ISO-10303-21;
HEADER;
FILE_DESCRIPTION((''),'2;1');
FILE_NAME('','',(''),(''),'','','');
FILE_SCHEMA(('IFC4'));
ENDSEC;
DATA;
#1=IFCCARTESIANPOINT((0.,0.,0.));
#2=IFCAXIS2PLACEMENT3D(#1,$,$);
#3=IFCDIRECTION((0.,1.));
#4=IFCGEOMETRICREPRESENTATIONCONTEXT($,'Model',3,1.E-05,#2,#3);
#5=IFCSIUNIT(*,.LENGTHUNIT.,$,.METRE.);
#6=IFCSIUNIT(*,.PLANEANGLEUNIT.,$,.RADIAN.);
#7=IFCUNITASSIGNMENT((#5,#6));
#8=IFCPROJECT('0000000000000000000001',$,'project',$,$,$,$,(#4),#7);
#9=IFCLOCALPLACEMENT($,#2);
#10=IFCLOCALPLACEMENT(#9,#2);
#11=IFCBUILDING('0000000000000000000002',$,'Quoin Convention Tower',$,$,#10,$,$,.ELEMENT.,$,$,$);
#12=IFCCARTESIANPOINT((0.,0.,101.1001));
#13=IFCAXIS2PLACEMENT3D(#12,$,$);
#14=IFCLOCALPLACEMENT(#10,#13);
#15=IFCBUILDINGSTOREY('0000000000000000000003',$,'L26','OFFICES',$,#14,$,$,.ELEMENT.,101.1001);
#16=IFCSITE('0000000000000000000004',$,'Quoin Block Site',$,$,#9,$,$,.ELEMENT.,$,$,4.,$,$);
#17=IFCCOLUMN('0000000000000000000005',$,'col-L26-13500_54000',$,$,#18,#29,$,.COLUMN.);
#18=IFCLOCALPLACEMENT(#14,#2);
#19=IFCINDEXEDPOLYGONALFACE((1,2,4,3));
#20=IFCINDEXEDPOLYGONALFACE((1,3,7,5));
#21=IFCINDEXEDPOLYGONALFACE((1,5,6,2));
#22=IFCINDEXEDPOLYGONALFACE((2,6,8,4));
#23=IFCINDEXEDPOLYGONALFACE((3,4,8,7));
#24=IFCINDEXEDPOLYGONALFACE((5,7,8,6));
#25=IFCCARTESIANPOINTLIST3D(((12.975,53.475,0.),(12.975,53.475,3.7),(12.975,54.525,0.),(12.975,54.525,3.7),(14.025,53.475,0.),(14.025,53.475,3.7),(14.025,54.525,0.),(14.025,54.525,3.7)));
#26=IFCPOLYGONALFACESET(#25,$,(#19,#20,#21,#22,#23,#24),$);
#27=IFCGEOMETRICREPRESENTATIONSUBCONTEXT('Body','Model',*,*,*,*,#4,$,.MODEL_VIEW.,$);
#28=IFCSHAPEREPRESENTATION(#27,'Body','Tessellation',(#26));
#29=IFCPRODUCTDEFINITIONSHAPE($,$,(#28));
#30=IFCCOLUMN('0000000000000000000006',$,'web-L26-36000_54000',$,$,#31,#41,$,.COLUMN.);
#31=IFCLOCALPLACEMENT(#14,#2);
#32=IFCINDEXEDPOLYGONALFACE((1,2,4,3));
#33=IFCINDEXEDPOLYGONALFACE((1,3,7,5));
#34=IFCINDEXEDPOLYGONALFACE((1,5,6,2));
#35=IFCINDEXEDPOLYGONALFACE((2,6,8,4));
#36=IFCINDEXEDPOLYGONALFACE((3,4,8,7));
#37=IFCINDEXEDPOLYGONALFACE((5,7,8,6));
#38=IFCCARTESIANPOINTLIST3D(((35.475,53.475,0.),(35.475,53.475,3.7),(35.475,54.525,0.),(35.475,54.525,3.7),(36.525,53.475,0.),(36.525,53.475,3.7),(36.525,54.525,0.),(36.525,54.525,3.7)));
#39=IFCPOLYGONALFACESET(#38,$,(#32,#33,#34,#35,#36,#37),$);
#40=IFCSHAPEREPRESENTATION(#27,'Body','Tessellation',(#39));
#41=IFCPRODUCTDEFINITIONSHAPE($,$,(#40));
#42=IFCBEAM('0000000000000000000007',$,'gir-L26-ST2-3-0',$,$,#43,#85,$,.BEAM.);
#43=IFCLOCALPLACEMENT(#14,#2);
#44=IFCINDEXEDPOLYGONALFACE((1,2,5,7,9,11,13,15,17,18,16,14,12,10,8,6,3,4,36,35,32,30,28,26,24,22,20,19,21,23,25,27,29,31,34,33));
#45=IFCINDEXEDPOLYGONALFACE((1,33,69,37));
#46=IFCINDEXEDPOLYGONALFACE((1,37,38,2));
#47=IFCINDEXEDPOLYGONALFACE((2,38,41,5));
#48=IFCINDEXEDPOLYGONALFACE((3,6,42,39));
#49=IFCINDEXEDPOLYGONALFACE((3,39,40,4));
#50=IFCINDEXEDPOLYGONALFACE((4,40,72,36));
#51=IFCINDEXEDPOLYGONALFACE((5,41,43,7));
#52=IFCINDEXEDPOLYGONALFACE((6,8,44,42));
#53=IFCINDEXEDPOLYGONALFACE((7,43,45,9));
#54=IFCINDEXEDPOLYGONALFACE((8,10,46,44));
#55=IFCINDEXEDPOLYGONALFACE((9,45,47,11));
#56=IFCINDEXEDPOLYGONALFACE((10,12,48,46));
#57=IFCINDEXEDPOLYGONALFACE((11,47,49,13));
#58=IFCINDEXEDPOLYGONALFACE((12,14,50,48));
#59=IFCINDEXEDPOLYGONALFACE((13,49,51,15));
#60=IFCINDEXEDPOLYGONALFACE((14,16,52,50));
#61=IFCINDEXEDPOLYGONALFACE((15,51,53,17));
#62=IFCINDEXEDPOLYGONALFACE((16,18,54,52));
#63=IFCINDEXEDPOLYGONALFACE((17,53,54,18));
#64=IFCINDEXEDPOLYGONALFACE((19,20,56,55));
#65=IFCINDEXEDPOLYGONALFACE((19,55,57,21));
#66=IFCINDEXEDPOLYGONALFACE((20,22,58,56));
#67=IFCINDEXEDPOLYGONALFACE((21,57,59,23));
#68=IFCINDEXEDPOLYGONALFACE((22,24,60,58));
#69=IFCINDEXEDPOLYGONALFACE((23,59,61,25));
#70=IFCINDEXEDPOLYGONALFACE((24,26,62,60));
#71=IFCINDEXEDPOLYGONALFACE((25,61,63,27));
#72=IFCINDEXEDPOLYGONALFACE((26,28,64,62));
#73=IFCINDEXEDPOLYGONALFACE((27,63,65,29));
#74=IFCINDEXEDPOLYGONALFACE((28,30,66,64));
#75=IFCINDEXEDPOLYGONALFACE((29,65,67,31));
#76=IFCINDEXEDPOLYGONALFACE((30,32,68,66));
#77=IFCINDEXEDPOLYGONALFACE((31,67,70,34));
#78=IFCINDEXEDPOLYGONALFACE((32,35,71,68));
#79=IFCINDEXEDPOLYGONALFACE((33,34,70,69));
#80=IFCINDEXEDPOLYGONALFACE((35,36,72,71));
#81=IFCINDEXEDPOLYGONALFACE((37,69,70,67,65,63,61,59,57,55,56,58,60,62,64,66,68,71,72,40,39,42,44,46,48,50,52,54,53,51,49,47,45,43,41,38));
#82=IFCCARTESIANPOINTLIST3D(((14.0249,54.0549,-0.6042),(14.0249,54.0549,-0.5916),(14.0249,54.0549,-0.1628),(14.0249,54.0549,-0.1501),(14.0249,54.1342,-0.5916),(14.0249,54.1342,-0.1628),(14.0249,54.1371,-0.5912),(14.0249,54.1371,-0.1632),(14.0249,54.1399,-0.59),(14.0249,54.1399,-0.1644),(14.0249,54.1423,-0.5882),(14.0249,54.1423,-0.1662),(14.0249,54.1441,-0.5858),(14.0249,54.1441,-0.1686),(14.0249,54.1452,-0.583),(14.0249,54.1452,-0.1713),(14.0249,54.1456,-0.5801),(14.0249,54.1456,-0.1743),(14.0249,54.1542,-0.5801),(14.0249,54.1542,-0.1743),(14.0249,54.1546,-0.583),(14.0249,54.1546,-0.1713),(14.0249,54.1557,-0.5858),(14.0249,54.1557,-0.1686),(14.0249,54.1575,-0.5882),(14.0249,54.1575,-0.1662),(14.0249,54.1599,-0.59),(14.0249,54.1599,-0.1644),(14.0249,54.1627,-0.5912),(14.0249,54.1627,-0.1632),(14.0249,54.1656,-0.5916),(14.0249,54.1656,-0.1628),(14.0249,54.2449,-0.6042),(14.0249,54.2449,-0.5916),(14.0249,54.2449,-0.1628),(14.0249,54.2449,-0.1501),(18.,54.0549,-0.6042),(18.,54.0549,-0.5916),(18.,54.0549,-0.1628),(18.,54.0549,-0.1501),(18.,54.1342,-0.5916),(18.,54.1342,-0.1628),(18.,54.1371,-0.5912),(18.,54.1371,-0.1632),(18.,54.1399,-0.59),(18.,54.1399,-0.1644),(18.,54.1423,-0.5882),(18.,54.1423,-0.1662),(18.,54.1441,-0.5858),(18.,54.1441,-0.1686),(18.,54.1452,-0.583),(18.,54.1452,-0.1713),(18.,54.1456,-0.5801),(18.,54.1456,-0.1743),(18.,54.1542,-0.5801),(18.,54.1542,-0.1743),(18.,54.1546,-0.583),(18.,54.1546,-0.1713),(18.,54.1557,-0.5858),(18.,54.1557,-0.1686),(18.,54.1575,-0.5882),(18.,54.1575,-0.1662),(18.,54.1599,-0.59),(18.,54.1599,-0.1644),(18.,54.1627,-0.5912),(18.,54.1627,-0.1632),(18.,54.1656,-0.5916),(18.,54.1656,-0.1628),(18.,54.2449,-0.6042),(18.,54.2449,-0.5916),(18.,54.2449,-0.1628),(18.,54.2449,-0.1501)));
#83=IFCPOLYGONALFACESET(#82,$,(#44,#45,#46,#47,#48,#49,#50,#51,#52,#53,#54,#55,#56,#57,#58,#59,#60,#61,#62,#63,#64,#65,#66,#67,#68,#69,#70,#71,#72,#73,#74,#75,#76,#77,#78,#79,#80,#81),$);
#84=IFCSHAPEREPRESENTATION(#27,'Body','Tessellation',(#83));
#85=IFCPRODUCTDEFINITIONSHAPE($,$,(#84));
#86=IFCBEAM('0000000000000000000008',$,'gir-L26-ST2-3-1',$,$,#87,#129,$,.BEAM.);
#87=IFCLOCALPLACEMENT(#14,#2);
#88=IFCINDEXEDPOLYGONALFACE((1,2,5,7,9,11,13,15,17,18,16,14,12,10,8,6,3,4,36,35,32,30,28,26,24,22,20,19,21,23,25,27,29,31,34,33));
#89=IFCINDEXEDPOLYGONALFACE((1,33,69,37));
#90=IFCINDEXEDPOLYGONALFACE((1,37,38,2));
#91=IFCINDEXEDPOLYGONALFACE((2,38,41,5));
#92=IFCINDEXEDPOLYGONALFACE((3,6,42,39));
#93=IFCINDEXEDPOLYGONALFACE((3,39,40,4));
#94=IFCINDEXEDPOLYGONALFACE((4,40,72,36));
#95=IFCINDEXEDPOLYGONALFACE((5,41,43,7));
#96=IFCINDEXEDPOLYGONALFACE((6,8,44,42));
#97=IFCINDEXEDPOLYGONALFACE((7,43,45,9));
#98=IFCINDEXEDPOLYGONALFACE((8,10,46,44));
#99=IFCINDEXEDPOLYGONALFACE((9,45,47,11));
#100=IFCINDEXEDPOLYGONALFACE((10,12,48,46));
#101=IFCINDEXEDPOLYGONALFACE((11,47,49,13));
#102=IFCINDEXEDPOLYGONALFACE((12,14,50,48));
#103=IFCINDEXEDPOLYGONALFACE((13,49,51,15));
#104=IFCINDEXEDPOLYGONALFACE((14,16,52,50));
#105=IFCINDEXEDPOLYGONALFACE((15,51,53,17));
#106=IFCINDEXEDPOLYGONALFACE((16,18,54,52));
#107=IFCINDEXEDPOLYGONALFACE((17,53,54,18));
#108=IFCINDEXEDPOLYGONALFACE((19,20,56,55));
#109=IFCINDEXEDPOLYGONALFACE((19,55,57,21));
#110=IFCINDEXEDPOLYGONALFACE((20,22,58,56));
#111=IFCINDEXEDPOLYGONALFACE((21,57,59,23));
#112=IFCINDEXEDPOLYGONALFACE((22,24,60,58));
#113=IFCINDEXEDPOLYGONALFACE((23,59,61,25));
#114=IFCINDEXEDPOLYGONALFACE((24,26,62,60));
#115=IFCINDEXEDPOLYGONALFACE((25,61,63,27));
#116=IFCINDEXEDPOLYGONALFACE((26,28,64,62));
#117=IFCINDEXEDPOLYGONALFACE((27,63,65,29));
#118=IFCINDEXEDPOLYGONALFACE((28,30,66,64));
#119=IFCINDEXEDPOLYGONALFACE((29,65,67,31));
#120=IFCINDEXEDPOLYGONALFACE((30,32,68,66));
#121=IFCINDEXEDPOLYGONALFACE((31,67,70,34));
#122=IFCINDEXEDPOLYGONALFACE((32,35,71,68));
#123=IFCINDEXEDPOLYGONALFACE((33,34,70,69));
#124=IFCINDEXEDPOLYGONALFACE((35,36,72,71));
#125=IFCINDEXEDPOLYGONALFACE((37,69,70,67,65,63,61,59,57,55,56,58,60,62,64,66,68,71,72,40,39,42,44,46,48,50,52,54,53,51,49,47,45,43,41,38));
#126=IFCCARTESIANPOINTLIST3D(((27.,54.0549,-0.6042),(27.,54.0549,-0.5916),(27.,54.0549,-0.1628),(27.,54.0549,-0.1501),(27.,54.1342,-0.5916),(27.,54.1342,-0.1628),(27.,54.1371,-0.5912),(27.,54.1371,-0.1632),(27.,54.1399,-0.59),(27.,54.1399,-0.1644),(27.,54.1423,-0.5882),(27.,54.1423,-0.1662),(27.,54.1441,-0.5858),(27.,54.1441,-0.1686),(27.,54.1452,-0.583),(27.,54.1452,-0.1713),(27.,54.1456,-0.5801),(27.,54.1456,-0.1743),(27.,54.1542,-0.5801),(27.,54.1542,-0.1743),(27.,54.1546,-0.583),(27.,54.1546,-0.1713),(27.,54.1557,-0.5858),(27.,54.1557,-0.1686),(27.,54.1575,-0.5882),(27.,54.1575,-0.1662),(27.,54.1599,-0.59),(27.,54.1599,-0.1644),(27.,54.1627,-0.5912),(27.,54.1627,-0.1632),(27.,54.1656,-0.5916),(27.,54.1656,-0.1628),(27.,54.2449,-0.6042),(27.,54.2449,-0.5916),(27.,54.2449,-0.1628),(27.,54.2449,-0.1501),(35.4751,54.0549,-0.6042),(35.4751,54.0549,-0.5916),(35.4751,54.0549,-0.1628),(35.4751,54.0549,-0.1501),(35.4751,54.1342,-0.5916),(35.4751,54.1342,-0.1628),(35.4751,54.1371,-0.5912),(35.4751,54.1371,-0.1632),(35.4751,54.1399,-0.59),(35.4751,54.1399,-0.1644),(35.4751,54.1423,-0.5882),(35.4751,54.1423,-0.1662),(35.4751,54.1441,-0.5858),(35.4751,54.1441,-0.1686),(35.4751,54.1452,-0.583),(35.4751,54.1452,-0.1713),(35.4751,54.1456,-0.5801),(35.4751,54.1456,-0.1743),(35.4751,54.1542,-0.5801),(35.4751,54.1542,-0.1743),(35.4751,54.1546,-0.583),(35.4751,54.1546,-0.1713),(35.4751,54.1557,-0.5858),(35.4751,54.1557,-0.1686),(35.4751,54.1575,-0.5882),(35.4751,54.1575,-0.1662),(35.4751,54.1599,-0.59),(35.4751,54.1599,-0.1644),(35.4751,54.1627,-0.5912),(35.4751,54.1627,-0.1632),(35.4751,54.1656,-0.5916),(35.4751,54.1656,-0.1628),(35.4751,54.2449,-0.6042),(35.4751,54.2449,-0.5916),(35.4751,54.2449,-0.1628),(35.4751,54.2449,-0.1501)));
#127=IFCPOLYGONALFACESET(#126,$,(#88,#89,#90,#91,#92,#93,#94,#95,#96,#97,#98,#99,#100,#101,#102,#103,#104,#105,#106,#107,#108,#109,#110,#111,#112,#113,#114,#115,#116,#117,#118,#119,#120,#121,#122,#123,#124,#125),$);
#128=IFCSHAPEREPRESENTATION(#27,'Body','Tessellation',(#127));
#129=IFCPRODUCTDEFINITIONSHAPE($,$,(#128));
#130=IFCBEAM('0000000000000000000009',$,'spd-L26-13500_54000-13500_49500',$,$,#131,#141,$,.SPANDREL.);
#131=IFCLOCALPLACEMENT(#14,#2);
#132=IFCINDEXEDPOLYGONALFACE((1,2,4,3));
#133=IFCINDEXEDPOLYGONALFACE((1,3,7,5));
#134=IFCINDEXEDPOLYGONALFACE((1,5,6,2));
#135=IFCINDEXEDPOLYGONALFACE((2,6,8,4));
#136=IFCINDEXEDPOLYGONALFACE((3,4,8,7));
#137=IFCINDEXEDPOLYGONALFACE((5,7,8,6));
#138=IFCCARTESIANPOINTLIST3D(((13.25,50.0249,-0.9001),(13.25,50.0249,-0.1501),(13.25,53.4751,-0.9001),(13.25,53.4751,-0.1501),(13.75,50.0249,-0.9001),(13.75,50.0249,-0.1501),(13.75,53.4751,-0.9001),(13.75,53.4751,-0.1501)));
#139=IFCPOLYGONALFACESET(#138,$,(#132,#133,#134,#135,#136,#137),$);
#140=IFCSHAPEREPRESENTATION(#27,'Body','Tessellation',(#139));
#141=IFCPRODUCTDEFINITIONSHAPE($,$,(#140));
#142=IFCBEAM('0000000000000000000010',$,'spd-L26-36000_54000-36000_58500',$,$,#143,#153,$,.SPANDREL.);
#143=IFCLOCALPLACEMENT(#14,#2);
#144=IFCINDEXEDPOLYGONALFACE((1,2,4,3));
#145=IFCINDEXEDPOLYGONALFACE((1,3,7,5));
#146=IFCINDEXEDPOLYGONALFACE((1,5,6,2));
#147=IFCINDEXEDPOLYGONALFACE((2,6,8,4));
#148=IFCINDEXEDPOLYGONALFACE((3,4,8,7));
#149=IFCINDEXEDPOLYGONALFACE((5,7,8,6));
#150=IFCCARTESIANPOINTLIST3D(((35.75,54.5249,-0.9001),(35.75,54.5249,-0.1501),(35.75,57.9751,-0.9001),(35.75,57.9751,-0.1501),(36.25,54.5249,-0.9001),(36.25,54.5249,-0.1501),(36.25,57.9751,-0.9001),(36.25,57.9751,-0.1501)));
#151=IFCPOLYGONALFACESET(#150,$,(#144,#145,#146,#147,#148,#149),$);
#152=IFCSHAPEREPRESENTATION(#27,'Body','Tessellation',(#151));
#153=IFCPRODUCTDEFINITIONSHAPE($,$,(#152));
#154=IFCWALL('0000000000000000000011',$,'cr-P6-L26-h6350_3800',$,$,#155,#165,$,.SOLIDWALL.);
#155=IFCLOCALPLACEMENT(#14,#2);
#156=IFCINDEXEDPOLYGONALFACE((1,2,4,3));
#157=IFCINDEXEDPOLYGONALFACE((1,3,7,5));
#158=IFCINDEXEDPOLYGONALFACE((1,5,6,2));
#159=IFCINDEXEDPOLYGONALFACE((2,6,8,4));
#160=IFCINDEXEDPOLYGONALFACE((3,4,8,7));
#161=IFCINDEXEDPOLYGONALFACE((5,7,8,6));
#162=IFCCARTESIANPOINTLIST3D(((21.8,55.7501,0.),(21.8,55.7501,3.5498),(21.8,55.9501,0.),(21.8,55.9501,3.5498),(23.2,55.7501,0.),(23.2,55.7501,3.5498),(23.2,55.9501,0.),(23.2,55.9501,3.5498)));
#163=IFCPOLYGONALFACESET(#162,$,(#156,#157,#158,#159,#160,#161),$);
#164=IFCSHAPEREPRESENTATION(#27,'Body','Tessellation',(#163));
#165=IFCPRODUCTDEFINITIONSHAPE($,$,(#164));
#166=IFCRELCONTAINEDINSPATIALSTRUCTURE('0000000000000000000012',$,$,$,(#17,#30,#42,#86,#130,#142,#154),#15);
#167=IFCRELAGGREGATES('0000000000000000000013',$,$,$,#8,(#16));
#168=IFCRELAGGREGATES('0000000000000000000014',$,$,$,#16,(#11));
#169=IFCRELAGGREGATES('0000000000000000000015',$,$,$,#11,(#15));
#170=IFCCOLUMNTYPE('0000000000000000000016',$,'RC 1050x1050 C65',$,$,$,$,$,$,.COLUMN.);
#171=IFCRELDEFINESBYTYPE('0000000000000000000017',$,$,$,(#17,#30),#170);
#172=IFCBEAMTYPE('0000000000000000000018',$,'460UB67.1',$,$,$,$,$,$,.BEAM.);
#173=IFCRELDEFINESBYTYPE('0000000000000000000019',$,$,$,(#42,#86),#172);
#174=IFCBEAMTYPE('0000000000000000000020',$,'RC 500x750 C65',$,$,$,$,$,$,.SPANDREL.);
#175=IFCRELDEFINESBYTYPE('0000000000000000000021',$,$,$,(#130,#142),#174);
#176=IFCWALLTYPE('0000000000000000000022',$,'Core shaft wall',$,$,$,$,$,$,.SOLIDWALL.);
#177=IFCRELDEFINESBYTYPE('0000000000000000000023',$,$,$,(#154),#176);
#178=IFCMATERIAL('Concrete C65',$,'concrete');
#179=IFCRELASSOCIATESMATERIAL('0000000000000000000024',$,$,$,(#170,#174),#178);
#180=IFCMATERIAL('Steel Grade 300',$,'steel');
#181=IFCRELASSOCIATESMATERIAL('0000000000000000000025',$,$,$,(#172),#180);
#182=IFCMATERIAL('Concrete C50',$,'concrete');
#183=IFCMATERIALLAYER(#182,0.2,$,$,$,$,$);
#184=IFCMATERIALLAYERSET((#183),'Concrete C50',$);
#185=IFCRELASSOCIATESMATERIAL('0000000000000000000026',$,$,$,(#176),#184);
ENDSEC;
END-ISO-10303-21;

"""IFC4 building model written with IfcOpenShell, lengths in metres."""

from ifc_helpers import new_model, si_unit, direction, frame, frame_2d, origin, origin_2d, place, context, subcontext, project, spatial, rectangle, i_section, extrude, material, layer, layer_set, material_profile, profile_set, type_object, element, save


model = new_model("IFC4")

# Units and contexts
model_context = context("Model", 3, precision=1e-05, world=origin(), true_north=direction((0.0, 1.0)))
body_context = subcontext(model_context, "Body", "Model", "MODEL_VIEW")
ifc_project = project(units=[si_unit("LENGTHUNIT", "METRE"), si_unit("PLANEANGLEUNIT", "RADIAN")], contexts=[model_context])

# Site, building, storey
site_placement = place(None, origin())
site = spatial("IfcSite", under=ifc_project, at=site_placement, Name="Quoin Block Site", CompositionType="ELEMENT", RefElevation=4.0)
building_placement = place(site_placement, origin())
building = spatial("IfcBuilding", under=site, at=building_placement, Name="Quoin Convention Tower", CompositionType="ELEMENT")
storey_placement = place(building_placement, frame((0.0, 0.0, 101.1001)))
storey = spatial("IfcBuildingStorey", under=building, at=storey_placement, Name="L26", Description="OFFICES", CompositionType="ELEMENT", Elevation=101.1001)

# Columns
ifc_material_1 = material(Name="Concrete C65", Category="concrete")
ifc_material_profile_1 = material_profile(ifc_material_1, rectangle(XDim=1.05, YDim=1.05, at=origin_2d()), Name="RC 1050x1050")
ifc_profile_set_1 = profile_set([ifc_material_profile_1], Name="Concrete C65")
column_type = type_object("IfcColumnType", Name="RC 1050x1050 C65", PredefinedType="COLUMN", material=ifc_profile_set_1)
for number, where, z_axis, x_axis, name in (
    (1, (13.5, 54.0, 0.0), (0.0, 0.0, 1.0), (1.0, 0.0, 0.0), "col-L26-13500_54000"),
    (2, (36.0, 54.0, 0.0), (0.0, 0.0, 1.0), (1.0, 0.0, 0.0), "web-L26-36000_54000"),
):
    element("IfcColumn", number, at=place(storey_placement, frame(where, z_axis=z_axis, x_axis=x_axis)), inside=storey, type_object=column_type, Name=name, PredefinedType="COLUMN", context=body_context, shape_type="SweptSolid", body=[
        extrude(rectangle(XDim=1.05, YDim=1.05, at=origin_2d()), origin(), (0.0, 0.0, 1.0), 3.7),
    ])

# Beams
ifc_material_2 = material(Name="Steel Grade 300", Category="steel")
ifc_material_profile_2 = material_profile(ifc_material_2, i_section(OverallWidth=0.1899, OverallDepth=0.4541, WebThickness=0.0085, FlangeThickness=0.0127, FilletRadius=0.0115, at=origin_2d()), Name="460UB67.1")
ifc_profile_set_2 = profile_set([ifc_material_profile_2], Name="Steel Grade 300")
beam_type_1 = type_object("IfcBeamType", Name="460UB67.1", PredefinedType="BEAM", material=ifc_profile_set_2)
beam_1_placement = place(storey_placement, frame((14.0249, 54.1499, -0.3772), z_axis=(1.0, 0.0, 0.0), x_axis=(0.0, 1.0, 0.0)))
element("IfcBeam", 3, at=beam_1_placement, inside=storey, type_object=beam_type_1, Name="gir-L26-ST2-3-0", PredefinedType="BEAM", context=body_context, shape_type="SweptSolid", body=[
    extrude(i_section(OverallWidth=0.1899, OverallDepth=0.4541, WebThickness=0.0085, FlangeThickness=0.0127, FilletRadius=0.0115, at=origin_2d()), origin(), (0.0, 0.0, 1.0), 3.9751),
])
beam_2_placement = place(storey_placement, frame((27.0, 54.1499, -0.3772), z_axis=(1.0, 0.0, 0.0), x_axis=(0.0, 1.0, 0.0)))
element("IfcBeam", 4, at=beam_2_placement, inside=storey, type_object=beam_type_1, Name="gir-L26-ST2-3-1", PredefinedType="BEAM", context=body_context, shape_type="SweptSolid", body=[
    extrude(i_section(OverallWidth=0.1899, OverallDepth=0.4541, WebThickness=0.0085, FlangeThickness=0.0127, FilletRadius=0.0115, at=origin_2d()), origin(), (0.0, 0.0, 1.0), 8.4751),
])
ifc_material_profile_3 = material_profile(ifc_material_1, rectangle(XDim=0.5, YDim=0.75, at=origin_2d()), Name="RC 500x750")
ifc_profile_set_3 = profile_set([ifc_material_profile_3], Name="Concrete C65")
beam_type_2 = type_object("IfcBeamType", Name="RC 500x750 C65", PredefinedType="SPANDREL", material=ifc_profile_set_3)
for number, where, z_axis, x_axis, name in (
    (5, (13.5, 53.4751, -0.5251), (0.0, -1.0, 0.0), (1.0, 0.0, 0.0), "spd-L26-13500_54000-13500_49500"),
    (6, (36.0, 54.5249, -0.5251), (0.0, 1.0, 0.0), (-1.0, 0.0, 0.0), "spd-L26-36000_54000-36000_58500"),
):
    element("IfcBeam", number, at=place(storey_placement, frame(where, z_axis=z_axis, x_axis=x_axis)), inside=storey, type_object=beam_type_2, Name=name, PredefinedType="SPANDREL", context=body_context, shape_type="SweptSolid", body=[
        extrude(rectangle(XDim=0.5, YDim=0.75, at=origin_2d()), origin(), (0.0, 0.0, 1.0), 3.4502),
    ])

# Wall
ifc_material_3 = material(Name="Concrete C50", Category="concrete")
ifc_layer_1 = layer(ifc_material_3, 0.2)
ifc_layer_set_1 = layer_set([ifc_layer_1], Name="Concrete C50")
wall_type_1 = type_object("IfcWallType", Name="Core shaft wall", PredefinedType="SOLIDWALL", material=ifc_layer_set_1)
wall_1_placement = place(storey_placement, frame((21.8, 55.8501, 0.0), z_axis=(0.0, 0.0, 1.0), x_axis=(1.0, 0.0, 0.0)))
element("IfcWall", 7, at=wall_1_placement, inside=storey, type_object=wall_type_1, Name="cr-P6-L26-h6350_3800", PredefinedType="SOLIDWALL", context=body_context, shape_type="SweptSolid", body=[
    extrude(rectangle(XDim=1.3999, YDim=0.2, at=frame_2d((0.7, 0.0))), origin(), (0.0, 0.0, 1.0), 3.5498),
])

save(model, "model.ifc")
